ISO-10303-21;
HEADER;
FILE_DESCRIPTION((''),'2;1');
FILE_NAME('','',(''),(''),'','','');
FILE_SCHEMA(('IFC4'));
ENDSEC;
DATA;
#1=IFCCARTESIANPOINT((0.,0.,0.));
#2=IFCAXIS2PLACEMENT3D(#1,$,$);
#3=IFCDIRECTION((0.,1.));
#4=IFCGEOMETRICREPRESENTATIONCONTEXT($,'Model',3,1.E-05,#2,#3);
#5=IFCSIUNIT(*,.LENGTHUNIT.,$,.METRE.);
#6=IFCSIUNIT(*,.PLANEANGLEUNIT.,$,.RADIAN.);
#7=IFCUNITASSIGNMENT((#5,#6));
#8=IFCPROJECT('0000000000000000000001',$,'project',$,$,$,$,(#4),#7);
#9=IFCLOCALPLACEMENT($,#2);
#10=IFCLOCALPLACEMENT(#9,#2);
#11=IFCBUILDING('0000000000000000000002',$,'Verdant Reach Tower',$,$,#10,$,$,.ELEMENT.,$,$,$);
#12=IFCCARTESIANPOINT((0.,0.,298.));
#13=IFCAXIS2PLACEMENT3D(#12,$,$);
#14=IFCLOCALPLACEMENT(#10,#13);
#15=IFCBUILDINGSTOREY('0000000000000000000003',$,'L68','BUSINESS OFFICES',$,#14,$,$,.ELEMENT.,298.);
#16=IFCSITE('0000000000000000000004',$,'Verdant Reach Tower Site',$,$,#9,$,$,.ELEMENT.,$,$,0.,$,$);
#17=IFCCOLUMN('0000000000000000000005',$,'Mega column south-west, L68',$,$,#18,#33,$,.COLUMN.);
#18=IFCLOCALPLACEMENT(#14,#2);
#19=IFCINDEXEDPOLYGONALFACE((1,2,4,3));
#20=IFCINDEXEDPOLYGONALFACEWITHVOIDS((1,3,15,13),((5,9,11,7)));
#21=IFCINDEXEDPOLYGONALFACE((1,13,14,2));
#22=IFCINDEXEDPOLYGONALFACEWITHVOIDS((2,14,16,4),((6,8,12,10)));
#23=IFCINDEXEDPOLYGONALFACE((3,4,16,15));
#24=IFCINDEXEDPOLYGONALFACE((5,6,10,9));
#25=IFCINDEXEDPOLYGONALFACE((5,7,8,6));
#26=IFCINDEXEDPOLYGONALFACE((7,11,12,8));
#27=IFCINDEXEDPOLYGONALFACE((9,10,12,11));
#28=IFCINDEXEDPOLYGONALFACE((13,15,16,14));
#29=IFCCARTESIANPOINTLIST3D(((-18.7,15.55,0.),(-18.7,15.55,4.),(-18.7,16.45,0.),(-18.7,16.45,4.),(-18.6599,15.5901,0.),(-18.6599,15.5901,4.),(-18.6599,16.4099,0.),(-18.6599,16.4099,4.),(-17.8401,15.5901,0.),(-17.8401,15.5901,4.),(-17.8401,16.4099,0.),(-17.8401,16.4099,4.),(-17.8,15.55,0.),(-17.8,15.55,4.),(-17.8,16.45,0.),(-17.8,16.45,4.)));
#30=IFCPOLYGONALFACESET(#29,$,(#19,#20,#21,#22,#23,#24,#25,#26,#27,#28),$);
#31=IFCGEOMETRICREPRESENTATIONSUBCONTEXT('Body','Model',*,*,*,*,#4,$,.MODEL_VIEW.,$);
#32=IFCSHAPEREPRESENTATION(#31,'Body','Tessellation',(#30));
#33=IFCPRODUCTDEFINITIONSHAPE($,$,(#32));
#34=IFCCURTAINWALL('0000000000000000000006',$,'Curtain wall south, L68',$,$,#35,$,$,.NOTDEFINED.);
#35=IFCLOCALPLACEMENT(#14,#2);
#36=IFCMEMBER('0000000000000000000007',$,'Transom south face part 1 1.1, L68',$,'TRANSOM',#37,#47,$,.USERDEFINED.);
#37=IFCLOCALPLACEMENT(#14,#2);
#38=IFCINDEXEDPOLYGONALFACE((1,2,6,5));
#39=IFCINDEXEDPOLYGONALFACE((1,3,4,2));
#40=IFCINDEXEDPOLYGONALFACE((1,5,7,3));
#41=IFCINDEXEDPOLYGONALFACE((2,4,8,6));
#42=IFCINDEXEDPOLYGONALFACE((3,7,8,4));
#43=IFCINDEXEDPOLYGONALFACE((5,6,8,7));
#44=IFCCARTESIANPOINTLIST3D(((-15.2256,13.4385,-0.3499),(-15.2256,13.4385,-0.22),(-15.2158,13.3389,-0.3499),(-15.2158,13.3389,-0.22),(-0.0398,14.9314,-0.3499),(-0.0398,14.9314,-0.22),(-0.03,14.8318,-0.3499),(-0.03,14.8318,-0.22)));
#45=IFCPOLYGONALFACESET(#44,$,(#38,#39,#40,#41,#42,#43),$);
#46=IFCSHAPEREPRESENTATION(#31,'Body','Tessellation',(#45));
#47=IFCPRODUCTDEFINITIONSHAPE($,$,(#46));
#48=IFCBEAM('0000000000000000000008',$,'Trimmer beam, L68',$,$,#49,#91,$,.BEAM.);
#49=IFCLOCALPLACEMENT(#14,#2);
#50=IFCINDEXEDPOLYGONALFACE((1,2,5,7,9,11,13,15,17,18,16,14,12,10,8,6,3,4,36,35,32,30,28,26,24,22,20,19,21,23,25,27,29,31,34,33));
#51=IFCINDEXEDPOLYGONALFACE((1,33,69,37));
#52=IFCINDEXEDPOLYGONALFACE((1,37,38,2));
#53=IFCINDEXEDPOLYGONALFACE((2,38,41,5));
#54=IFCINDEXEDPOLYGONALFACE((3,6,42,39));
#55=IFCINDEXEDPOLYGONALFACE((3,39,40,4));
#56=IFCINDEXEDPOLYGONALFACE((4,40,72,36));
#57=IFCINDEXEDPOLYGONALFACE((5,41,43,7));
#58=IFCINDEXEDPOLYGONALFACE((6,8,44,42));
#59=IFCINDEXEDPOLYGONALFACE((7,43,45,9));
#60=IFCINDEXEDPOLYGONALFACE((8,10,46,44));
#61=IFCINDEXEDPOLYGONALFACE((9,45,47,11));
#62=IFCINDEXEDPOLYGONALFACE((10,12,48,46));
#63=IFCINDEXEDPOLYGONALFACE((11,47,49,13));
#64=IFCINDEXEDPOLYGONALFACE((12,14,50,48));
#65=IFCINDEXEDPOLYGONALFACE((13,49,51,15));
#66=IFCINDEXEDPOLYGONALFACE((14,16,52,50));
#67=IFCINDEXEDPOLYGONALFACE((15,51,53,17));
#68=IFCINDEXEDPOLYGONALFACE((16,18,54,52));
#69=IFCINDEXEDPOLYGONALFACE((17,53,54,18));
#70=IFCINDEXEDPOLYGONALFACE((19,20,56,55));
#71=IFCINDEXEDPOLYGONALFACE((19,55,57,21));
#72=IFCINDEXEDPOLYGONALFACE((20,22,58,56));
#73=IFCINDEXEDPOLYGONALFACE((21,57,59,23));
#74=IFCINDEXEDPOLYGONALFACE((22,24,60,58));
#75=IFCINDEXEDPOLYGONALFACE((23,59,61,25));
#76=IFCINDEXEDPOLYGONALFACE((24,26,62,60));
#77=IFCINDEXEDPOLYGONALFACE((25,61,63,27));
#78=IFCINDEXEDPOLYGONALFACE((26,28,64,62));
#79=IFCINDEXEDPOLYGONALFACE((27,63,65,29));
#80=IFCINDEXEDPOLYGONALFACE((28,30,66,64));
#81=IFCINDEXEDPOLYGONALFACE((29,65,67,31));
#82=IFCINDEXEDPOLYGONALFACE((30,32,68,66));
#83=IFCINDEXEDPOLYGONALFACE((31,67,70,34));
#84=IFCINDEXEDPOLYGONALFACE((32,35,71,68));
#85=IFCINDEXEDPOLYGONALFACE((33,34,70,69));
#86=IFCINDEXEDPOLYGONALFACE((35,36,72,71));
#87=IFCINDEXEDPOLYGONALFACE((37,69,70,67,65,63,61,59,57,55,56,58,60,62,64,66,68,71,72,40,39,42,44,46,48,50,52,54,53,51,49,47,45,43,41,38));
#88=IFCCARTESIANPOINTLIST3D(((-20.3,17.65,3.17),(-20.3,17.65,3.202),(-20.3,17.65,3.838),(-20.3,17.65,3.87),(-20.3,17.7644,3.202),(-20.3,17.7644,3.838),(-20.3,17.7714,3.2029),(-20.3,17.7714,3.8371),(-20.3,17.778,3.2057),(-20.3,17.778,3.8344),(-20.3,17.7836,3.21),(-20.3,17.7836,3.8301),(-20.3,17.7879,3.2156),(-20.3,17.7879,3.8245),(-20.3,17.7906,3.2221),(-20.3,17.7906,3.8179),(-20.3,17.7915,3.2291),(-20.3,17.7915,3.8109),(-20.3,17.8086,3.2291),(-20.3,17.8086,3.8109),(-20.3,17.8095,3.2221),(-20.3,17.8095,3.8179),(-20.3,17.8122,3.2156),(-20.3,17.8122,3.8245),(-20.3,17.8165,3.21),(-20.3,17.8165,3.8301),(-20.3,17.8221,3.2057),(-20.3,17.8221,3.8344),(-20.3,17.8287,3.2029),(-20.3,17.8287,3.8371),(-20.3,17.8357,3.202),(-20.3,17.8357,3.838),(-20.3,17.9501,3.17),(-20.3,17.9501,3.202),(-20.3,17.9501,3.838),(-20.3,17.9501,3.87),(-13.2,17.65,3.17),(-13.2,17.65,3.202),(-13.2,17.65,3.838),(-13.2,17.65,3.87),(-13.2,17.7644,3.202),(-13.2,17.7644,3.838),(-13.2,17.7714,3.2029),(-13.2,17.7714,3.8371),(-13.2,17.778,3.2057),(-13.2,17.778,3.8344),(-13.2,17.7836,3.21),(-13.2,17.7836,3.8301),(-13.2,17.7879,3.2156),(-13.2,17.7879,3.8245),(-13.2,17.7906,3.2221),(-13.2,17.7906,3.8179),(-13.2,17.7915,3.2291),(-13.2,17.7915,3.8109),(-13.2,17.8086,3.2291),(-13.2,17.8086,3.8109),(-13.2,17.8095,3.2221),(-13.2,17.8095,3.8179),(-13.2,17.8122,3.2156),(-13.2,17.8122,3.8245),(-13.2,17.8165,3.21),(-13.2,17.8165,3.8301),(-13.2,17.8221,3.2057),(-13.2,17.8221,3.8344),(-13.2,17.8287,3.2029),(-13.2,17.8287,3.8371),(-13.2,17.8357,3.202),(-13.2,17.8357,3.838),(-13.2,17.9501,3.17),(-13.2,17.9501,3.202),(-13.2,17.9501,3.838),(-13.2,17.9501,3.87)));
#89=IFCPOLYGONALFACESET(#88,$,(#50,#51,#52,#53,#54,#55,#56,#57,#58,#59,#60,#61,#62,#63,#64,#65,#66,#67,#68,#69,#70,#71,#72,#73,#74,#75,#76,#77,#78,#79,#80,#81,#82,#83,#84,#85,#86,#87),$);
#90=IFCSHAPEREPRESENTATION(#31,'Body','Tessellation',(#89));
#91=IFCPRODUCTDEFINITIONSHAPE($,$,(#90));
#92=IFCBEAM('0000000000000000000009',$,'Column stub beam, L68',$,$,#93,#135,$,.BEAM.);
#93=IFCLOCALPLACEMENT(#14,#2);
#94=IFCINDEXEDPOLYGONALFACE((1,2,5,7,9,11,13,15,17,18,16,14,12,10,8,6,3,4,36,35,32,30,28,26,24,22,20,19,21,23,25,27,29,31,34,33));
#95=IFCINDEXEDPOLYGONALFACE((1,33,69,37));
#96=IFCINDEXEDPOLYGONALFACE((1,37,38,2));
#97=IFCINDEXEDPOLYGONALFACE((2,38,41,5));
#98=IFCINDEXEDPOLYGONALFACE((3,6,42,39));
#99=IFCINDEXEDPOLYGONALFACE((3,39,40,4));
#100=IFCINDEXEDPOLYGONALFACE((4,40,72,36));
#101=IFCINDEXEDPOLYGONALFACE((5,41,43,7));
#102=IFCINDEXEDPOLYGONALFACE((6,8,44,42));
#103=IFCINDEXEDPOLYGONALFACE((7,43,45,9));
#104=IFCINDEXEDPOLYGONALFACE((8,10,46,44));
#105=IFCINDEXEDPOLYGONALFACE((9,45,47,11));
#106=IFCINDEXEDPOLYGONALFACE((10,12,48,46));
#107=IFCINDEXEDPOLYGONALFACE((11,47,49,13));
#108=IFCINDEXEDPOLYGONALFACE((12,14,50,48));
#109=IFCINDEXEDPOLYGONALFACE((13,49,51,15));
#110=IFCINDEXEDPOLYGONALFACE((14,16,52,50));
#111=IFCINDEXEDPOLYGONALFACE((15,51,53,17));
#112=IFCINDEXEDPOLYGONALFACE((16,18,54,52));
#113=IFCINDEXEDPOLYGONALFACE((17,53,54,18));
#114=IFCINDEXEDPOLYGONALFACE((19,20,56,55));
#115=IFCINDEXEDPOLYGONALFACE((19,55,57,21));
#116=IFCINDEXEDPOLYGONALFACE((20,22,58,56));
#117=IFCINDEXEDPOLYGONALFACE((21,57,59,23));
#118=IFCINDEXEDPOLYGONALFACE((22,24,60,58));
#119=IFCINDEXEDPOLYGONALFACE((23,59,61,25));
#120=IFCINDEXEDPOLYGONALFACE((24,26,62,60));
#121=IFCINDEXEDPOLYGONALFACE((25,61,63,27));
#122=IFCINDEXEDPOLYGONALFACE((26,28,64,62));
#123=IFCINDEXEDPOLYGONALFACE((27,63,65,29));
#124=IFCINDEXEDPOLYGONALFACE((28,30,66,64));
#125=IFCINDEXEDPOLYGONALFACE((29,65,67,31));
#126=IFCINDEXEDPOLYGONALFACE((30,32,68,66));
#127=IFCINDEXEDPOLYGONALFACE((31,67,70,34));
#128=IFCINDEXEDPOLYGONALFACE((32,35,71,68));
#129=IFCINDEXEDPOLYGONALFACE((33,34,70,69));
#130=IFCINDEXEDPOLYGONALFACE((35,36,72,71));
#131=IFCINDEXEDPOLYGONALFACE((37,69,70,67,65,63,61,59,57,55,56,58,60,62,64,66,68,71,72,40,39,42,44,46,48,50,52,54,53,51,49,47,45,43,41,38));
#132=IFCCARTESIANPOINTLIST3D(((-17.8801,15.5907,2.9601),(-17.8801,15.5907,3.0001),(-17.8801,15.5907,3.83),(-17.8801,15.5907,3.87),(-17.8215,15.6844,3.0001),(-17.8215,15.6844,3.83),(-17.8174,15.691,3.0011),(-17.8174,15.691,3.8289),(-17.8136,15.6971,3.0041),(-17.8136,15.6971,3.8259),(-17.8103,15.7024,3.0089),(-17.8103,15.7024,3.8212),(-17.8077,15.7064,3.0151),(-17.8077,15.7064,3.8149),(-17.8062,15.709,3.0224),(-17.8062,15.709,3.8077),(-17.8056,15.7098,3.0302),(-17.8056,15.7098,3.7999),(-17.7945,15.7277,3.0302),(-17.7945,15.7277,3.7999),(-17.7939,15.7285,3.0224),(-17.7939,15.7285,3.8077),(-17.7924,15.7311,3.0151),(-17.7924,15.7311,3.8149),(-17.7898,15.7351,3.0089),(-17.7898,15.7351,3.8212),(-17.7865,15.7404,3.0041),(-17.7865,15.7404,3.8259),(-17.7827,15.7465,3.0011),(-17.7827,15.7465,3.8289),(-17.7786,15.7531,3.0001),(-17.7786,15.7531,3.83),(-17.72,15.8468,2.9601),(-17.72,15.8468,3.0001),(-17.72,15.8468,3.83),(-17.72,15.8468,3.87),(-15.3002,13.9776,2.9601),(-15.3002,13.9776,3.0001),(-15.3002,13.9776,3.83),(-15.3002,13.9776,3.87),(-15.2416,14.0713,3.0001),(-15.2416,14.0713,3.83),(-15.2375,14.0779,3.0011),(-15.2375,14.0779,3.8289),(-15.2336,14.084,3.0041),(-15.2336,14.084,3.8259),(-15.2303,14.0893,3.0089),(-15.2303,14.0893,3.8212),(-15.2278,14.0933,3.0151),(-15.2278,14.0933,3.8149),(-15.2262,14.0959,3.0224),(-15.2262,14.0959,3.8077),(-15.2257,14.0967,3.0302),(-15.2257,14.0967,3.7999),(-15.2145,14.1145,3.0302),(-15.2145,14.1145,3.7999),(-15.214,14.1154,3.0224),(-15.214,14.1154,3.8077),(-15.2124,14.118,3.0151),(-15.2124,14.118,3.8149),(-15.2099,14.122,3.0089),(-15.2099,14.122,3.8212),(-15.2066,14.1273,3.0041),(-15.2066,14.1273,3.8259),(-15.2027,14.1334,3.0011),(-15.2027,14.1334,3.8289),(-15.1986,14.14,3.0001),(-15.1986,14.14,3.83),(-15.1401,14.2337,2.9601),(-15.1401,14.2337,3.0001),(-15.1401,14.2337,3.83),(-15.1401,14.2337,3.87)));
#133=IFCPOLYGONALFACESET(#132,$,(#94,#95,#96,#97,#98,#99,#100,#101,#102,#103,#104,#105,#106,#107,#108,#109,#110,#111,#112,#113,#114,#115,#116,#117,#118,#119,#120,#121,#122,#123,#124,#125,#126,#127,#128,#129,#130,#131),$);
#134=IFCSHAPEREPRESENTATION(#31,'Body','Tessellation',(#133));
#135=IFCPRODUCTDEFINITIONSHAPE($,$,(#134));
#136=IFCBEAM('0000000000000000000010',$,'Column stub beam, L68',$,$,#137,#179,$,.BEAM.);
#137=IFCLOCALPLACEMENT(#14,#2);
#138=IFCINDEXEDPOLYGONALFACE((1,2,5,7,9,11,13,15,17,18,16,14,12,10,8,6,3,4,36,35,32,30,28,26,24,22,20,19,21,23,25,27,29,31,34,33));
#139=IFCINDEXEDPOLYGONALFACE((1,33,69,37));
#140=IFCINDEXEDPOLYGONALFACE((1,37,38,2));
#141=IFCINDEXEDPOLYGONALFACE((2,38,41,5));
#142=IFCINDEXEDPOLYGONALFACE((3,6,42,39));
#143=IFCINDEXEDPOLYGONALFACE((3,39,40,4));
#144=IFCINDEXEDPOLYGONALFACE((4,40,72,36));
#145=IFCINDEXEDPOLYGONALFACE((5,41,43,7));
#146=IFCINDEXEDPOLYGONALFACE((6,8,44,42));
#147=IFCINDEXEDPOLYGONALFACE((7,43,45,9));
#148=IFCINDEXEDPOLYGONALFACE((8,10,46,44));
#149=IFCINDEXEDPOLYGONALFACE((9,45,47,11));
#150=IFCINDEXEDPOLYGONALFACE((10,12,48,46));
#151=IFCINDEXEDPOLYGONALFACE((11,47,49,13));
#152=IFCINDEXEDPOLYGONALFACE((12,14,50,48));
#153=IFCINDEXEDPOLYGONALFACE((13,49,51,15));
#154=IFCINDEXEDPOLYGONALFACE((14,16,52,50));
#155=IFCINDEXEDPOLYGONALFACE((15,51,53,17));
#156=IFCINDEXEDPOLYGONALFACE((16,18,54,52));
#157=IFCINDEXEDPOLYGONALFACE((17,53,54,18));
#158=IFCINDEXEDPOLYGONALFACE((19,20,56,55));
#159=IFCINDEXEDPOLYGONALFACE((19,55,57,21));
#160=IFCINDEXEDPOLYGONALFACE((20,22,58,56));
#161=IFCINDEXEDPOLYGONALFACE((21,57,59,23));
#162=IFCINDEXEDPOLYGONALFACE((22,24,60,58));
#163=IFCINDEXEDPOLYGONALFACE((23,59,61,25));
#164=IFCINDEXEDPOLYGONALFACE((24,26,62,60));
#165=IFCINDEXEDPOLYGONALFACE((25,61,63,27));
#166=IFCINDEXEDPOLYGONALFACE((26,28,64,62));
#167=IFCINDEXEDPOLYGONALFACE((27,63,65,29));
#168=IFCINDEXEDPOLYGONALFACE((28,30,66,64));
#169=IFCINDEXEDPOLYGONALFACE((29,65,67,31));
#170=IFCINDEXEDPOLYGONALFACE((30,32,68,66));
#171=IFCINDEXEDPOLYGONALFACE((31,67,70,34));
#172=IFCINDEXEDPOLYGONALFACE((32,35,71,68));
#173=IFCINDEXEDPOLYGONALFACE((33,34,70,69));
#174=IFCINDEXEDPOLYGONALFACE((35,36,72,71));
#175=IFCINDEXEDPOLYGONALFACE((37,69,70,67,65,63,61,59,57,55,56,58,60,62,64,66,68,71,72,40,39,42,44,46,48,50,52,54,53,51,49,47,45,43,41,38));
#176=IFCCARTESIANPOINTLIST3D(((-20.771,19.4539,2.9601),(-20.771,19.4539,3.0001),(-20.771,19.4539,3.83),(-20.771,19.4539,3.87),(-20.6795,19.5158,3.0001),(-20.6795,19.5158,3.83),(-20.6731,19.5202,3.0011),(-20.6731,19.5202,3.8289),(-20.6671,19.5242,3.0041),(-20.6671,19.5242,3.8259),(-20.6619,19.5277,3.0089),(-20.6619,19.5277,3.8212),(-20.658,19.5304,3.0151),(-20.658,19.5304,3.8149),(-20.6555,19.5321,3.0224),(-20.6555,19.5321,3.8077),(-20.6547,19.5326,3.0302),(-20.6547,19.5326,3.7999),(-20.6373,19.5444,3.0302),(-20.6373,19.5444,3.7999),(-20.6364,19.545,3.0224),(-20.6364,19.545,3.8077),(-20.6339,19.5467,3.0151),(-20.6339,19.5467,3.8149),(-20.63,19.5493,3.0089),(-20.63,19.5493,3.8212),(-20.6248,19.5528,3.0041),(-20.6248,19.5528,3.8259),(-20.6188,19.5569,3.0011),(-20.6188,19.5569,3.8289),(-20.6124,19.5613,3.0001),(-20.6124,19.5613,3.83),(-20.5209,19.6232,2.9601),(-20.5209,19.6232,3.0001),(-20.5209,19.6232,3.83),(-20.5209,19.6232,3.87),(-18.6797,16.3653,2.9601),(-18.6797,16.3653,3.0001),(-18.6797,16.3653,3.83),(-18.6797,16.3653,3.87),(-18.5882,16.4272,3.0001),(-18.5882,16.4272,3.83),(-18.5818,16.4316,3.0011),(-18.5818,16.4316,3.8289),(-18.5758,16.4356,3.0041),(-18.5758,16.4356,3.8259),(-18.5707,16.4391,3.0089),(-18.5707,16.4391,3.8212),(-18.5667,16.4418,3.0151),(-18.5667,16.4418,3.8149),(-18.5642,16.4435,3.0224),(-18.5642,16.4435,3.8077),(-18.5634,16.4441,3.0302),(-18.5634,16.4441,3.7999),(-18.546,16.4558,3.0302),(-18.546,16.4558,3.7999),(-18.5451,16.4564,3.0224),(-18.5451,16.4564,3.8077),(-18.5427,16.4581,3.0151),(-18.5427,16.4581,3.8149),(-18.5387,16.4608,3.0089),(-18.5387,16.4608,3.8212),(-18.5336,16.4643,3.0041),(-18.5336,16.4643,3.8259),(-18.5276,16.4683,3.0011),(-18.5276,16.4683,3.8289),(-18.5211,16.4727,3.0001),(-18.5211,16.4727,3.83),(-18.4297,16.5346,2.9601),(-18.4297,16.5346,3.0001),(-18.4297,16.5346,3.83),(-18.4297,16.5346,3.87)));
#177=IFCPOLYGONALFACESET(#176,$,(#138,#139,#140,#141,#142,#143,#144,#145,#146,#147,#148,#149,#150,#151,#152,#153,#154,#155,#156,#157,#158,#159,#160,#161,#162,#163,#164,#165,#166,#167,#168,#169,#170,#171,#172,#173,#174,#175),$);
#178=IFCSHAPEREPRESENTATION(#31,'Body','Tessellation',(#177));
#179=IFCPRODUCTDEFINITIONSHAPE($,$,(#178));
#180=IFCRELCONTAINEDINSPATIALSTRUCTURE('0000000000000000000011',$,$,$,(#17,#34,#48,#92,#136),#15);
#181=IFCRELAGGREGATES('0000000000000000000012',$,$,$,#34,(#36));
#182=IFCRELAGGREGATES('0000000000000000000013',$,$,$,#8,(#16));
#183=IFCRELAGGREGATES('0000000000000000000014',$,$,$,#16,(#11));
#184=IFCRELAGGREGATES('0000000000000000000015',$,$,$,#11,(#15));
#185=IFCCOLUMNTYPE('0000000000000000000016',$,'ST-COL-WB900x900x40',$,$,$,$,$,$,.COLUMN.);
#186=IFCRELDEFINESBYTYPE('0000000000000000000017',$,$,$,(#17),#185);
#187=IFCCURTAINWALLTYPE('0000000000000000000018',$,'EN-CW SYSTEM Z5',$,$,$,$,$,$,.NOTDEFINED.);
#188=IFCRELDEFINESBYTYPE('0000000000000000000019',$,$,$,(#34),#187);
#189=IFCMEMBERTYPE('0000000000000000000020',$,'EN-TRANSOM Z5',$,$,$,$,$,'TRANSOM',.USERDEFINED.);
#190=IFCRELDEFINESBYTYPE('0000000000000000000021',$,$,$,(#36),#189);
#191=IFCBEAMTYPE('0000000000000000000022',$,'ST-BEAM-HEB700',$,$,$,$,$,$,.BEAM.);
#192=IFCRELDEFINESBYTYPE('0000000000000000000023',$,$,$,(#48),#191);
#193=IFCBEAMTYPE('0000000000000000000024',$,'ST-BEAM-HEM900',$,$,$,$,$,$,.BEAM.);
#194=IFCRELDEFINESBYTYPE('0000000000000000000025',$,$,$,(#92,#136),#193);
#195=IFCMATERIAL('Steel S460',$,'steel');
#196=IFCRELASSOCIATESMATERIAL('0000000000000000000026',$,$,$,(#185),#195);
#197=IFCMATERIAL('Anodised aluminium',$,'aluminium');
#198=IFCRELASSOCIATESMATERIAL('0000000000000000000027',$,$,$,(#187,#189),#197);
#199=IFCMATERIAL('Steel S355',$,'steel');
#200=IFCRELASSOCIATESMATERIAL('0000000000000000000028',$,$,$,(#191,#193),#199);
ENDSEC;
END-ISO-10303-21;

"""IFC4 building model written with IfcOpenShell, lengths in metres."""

from ifc_helpers import new_model, si_unit, direction, frame, origin, origin_2d, place, context, subcontext, project, spatial, rectangle, hollow_rectangle, i_section, extrude, material, material_profile, profile_set, type_object, element, aggregate, save


model = new_model("IFC4")

# Units and contexts
model_context = context("Model", 3, precision=1e-05, world=origin(), true_north=direction((0.0, 1.0)))
body_context = subcontext(model_context, "Body", "Model", "MODEL_VIEW")
ifc_project = project(units=[si_unit("LENGTHUNIT", "METRE"), si_unit("PLANEANGLEUNIT", "RADIAN")], contexts=[model_context])

# Site, building, storey
site_placement = place(None, origin())
site = spatial("IfcSite", under=ifc_project, at=site_placement, Name="Verdant Reach Tower Site", CompositionType="ELEMENT", RefElevation=0.0)
building_placement = place(site_placement, origin())
building = spatial("IfcBuilding", under=site, at=building_placement, Name="Verdant Reach Tower", CompositionType="ELEMENT")
storey_placement = place(building_placement, frame((0.0, 0.0, 298.0)))
storey = spatial("IfcBuildingStorey", under=building, at=storey_placement, Name="L68", Description="BUSINESS OFFICES", CompositionType="ELEMENT", Elevation=298.0)

# Column
ifc_material_1 = material(Name="Steel S460", Category="steel")
ifc_material_profile_1 = material_profile(ifc_material_1, hollow_rectangle(XDim=0.8999, YDim=0.8999, WallThickness=0.04, at=origin_2d()), Name="WB 900x900x40")
ifc_profile_set_1 = profile_set([ifc_material_profile_1], Name="Steel S460")
column_type = type_object("IfcColumnType", Name="ST-COL-WB900x900x40", PredefinedType="COLUMN", material=ifc_profile_set_1)
column_placement = place(storey_placement, frame((-18.25, 16.0, 0.0), z_axis=(0.0, 0.0, 1.0), x_axis=(1.0, 0.0, 0.0)))
element("IfcColumn", 1, at=column_placement, inside=storey, type_object=column_type, Name="Mega column south-west, L68", PredefinedType="COLUMN", context=body_context, shape_type="SweptSolid", body=[
    extrude(hollow_rectangle(XDim=0.8999, YDim=0.8999, WallThickness=0.04, at=origin_2d()), origin(), (0.0, 0.0, 1.0), 4.0),
])

# Curtain wall, member
ifc_material_2 = material(Name="Anodised aluminium", Category="aluminium")
curtain_wall_type = type_object("IfcCurtainWallType", Name="EN-CW SYSTEM Z5", PredefinedType="NOTDEFINED", material=ifc_material_2)
curtain_wall_1_placement = place(storey_placement, origin())
curtain_wall_1 = element("IfcCurtainWall", 2, at=curtain_wall_1_placement, inside=storey, type_object=curtain_wall_type, Name="Curtain wall south, L68", PredefinedType="NOTDEFINED")
ifc_material_profile_2 = material_profile(ifc_material_2, rectangle(XDim=0.1001, YDim=0.1299, at=origin_2d()), Name="Transom 130x100")
ifc_profile_set_2 = profile_set([ifc_material_profile_2], Name="Anodised aluminium")
member_type = type_object("IfcMemberType", Name="EN-TRANSOM Z5", ElementType="TRANSOM", PredefinedType="USERDEFINED", material=ifc_profile_set_2)
member_placement = place(storey_placement, frame((-15.2207, 13.3887, -0.2849), z_axis=(0.995202, 0.097839, 0.0), x_axis=(-0.097839, 0.995202, 0.0)))
member = element("IfcMember", 3, at=member_placement, type_object=member_type, Name="Transom south face part 1 1.1, L68", ObjectType="TRANSOM", PredefinedType="USERDEFINED", context=body_context, shape_type="SweptSolid", body=[
    extrude(rectangle(XDim=0.1001, YDim=0.1299, at=origin_2d()), origin(), (0.0, 0.0, 1.0), 15.259),
])

# Beams
ifc_material_3 = material(Name="Steel S355", Category="steel")
ifc_material_profile_3 = material_profile(ifc_material_3, i_section(OverallWidth=0.3, OverallDepth=0.7, WebThickness=0.0171, FlangeThickness=0.032, FilletRadius=0.0271, at=origin_2d()), Name="HEB 700")
ifc_profile_set_3 = profile_set([ifc_material_profile_3], Name="Steel S355")
beam_type_1 = type_object("IfcBeamType", Name="ST-BEAM-HEB700", PredefinedType="BEAM", material=ifc_profile_set_3)
beam_1_placement = place(storey_placement, frame((-13.2, 17.8, 3.52), z_axis=(-1.0, 0.0, 0.0), x_axis=(0.0, -1.0, 0.0)))
element("IfcBeam", 4, at=beam_1_placement, inside=storey, type_object=beam_type_1, Name="Trimmer beam, L68", PredefinedType="BEAM", context=body_context, shape_type="SweptSolid", body=[
    extrude(i_section(OverallWidth=0.3, OverallDepth=0.7, WebThickness=0.0171, FlangeThickness=0.032, FilletRadius=0.0271, at=origin_2d()), origin(), (0.0, 0.0, 1.0), 7.1001),
])
ifc_material_profile_4 = material_profile(ifc_material_3, i_section(OverallWidth=0.302, OverallDepth=0.9099, WebThickness=0.021, FlangeThickness=0.04, FilletRadius=0.03, at=origin_2d()), Name="HEM 900")
ifc_profile_set_4 = profile_set([ifc_material_profile_4], Name="Steel S355")
beam_type_2 = type_object("IfcBeamType", Name="ST-BEAM-HEM900", PredefinedType="BEAM", material=ifc_profile_set_4)
beam_2_placement = place(storey_placement, frame((-17.8, 15.7188, 3.415), z_axis=(0.847904, -0.53015, 0.0), x_axis=(0.53015, 0.847904, 0.0)))
element("IfcBeam", 5, at=beam_2_placement, inside=storey, type_object=beam_type_2, Name="Column stub beam, L68", PredefinedType="BEAM", context=body_context, shape_type="SweptSolid", body=[
    extrude(i_section(OverallWidth=0.302, OverallDepth=0.9099, WebThickness=0.021, FlangeThickness=0.04, FilletRadius=0.03, at=origin_2d()), origin(), (0.0, 0.0, 1.0), 3.0427),
])
beam_3_placement = place(storey_placement, frame((-18.5547, 16.45, 3.415), z_axis=(-0.560667, 0.828041, 0.0), x_axis=(-0.828041, -0.560667, 0.0)))
element("IfcBeam", 6, at=beam_3_placement, inside=storey, type_object=beam_type_2, Name="Column stub beam, L68", PredefinedType="BEAM", context=body_context, shape_type="SweptSolid", body=[
    extrude(i_section(OverallWidth=0.302, OverallDepth=0.9099, WebThickness=0.021, FlangeThickness=0.04, FilletRadius=0.03, at=origin_2d()), origin(), (0.0, 0.0, 1.0), 3.73),
])

aggregate(curtain_wall_1, [member])

save(model, "model.ifc")
